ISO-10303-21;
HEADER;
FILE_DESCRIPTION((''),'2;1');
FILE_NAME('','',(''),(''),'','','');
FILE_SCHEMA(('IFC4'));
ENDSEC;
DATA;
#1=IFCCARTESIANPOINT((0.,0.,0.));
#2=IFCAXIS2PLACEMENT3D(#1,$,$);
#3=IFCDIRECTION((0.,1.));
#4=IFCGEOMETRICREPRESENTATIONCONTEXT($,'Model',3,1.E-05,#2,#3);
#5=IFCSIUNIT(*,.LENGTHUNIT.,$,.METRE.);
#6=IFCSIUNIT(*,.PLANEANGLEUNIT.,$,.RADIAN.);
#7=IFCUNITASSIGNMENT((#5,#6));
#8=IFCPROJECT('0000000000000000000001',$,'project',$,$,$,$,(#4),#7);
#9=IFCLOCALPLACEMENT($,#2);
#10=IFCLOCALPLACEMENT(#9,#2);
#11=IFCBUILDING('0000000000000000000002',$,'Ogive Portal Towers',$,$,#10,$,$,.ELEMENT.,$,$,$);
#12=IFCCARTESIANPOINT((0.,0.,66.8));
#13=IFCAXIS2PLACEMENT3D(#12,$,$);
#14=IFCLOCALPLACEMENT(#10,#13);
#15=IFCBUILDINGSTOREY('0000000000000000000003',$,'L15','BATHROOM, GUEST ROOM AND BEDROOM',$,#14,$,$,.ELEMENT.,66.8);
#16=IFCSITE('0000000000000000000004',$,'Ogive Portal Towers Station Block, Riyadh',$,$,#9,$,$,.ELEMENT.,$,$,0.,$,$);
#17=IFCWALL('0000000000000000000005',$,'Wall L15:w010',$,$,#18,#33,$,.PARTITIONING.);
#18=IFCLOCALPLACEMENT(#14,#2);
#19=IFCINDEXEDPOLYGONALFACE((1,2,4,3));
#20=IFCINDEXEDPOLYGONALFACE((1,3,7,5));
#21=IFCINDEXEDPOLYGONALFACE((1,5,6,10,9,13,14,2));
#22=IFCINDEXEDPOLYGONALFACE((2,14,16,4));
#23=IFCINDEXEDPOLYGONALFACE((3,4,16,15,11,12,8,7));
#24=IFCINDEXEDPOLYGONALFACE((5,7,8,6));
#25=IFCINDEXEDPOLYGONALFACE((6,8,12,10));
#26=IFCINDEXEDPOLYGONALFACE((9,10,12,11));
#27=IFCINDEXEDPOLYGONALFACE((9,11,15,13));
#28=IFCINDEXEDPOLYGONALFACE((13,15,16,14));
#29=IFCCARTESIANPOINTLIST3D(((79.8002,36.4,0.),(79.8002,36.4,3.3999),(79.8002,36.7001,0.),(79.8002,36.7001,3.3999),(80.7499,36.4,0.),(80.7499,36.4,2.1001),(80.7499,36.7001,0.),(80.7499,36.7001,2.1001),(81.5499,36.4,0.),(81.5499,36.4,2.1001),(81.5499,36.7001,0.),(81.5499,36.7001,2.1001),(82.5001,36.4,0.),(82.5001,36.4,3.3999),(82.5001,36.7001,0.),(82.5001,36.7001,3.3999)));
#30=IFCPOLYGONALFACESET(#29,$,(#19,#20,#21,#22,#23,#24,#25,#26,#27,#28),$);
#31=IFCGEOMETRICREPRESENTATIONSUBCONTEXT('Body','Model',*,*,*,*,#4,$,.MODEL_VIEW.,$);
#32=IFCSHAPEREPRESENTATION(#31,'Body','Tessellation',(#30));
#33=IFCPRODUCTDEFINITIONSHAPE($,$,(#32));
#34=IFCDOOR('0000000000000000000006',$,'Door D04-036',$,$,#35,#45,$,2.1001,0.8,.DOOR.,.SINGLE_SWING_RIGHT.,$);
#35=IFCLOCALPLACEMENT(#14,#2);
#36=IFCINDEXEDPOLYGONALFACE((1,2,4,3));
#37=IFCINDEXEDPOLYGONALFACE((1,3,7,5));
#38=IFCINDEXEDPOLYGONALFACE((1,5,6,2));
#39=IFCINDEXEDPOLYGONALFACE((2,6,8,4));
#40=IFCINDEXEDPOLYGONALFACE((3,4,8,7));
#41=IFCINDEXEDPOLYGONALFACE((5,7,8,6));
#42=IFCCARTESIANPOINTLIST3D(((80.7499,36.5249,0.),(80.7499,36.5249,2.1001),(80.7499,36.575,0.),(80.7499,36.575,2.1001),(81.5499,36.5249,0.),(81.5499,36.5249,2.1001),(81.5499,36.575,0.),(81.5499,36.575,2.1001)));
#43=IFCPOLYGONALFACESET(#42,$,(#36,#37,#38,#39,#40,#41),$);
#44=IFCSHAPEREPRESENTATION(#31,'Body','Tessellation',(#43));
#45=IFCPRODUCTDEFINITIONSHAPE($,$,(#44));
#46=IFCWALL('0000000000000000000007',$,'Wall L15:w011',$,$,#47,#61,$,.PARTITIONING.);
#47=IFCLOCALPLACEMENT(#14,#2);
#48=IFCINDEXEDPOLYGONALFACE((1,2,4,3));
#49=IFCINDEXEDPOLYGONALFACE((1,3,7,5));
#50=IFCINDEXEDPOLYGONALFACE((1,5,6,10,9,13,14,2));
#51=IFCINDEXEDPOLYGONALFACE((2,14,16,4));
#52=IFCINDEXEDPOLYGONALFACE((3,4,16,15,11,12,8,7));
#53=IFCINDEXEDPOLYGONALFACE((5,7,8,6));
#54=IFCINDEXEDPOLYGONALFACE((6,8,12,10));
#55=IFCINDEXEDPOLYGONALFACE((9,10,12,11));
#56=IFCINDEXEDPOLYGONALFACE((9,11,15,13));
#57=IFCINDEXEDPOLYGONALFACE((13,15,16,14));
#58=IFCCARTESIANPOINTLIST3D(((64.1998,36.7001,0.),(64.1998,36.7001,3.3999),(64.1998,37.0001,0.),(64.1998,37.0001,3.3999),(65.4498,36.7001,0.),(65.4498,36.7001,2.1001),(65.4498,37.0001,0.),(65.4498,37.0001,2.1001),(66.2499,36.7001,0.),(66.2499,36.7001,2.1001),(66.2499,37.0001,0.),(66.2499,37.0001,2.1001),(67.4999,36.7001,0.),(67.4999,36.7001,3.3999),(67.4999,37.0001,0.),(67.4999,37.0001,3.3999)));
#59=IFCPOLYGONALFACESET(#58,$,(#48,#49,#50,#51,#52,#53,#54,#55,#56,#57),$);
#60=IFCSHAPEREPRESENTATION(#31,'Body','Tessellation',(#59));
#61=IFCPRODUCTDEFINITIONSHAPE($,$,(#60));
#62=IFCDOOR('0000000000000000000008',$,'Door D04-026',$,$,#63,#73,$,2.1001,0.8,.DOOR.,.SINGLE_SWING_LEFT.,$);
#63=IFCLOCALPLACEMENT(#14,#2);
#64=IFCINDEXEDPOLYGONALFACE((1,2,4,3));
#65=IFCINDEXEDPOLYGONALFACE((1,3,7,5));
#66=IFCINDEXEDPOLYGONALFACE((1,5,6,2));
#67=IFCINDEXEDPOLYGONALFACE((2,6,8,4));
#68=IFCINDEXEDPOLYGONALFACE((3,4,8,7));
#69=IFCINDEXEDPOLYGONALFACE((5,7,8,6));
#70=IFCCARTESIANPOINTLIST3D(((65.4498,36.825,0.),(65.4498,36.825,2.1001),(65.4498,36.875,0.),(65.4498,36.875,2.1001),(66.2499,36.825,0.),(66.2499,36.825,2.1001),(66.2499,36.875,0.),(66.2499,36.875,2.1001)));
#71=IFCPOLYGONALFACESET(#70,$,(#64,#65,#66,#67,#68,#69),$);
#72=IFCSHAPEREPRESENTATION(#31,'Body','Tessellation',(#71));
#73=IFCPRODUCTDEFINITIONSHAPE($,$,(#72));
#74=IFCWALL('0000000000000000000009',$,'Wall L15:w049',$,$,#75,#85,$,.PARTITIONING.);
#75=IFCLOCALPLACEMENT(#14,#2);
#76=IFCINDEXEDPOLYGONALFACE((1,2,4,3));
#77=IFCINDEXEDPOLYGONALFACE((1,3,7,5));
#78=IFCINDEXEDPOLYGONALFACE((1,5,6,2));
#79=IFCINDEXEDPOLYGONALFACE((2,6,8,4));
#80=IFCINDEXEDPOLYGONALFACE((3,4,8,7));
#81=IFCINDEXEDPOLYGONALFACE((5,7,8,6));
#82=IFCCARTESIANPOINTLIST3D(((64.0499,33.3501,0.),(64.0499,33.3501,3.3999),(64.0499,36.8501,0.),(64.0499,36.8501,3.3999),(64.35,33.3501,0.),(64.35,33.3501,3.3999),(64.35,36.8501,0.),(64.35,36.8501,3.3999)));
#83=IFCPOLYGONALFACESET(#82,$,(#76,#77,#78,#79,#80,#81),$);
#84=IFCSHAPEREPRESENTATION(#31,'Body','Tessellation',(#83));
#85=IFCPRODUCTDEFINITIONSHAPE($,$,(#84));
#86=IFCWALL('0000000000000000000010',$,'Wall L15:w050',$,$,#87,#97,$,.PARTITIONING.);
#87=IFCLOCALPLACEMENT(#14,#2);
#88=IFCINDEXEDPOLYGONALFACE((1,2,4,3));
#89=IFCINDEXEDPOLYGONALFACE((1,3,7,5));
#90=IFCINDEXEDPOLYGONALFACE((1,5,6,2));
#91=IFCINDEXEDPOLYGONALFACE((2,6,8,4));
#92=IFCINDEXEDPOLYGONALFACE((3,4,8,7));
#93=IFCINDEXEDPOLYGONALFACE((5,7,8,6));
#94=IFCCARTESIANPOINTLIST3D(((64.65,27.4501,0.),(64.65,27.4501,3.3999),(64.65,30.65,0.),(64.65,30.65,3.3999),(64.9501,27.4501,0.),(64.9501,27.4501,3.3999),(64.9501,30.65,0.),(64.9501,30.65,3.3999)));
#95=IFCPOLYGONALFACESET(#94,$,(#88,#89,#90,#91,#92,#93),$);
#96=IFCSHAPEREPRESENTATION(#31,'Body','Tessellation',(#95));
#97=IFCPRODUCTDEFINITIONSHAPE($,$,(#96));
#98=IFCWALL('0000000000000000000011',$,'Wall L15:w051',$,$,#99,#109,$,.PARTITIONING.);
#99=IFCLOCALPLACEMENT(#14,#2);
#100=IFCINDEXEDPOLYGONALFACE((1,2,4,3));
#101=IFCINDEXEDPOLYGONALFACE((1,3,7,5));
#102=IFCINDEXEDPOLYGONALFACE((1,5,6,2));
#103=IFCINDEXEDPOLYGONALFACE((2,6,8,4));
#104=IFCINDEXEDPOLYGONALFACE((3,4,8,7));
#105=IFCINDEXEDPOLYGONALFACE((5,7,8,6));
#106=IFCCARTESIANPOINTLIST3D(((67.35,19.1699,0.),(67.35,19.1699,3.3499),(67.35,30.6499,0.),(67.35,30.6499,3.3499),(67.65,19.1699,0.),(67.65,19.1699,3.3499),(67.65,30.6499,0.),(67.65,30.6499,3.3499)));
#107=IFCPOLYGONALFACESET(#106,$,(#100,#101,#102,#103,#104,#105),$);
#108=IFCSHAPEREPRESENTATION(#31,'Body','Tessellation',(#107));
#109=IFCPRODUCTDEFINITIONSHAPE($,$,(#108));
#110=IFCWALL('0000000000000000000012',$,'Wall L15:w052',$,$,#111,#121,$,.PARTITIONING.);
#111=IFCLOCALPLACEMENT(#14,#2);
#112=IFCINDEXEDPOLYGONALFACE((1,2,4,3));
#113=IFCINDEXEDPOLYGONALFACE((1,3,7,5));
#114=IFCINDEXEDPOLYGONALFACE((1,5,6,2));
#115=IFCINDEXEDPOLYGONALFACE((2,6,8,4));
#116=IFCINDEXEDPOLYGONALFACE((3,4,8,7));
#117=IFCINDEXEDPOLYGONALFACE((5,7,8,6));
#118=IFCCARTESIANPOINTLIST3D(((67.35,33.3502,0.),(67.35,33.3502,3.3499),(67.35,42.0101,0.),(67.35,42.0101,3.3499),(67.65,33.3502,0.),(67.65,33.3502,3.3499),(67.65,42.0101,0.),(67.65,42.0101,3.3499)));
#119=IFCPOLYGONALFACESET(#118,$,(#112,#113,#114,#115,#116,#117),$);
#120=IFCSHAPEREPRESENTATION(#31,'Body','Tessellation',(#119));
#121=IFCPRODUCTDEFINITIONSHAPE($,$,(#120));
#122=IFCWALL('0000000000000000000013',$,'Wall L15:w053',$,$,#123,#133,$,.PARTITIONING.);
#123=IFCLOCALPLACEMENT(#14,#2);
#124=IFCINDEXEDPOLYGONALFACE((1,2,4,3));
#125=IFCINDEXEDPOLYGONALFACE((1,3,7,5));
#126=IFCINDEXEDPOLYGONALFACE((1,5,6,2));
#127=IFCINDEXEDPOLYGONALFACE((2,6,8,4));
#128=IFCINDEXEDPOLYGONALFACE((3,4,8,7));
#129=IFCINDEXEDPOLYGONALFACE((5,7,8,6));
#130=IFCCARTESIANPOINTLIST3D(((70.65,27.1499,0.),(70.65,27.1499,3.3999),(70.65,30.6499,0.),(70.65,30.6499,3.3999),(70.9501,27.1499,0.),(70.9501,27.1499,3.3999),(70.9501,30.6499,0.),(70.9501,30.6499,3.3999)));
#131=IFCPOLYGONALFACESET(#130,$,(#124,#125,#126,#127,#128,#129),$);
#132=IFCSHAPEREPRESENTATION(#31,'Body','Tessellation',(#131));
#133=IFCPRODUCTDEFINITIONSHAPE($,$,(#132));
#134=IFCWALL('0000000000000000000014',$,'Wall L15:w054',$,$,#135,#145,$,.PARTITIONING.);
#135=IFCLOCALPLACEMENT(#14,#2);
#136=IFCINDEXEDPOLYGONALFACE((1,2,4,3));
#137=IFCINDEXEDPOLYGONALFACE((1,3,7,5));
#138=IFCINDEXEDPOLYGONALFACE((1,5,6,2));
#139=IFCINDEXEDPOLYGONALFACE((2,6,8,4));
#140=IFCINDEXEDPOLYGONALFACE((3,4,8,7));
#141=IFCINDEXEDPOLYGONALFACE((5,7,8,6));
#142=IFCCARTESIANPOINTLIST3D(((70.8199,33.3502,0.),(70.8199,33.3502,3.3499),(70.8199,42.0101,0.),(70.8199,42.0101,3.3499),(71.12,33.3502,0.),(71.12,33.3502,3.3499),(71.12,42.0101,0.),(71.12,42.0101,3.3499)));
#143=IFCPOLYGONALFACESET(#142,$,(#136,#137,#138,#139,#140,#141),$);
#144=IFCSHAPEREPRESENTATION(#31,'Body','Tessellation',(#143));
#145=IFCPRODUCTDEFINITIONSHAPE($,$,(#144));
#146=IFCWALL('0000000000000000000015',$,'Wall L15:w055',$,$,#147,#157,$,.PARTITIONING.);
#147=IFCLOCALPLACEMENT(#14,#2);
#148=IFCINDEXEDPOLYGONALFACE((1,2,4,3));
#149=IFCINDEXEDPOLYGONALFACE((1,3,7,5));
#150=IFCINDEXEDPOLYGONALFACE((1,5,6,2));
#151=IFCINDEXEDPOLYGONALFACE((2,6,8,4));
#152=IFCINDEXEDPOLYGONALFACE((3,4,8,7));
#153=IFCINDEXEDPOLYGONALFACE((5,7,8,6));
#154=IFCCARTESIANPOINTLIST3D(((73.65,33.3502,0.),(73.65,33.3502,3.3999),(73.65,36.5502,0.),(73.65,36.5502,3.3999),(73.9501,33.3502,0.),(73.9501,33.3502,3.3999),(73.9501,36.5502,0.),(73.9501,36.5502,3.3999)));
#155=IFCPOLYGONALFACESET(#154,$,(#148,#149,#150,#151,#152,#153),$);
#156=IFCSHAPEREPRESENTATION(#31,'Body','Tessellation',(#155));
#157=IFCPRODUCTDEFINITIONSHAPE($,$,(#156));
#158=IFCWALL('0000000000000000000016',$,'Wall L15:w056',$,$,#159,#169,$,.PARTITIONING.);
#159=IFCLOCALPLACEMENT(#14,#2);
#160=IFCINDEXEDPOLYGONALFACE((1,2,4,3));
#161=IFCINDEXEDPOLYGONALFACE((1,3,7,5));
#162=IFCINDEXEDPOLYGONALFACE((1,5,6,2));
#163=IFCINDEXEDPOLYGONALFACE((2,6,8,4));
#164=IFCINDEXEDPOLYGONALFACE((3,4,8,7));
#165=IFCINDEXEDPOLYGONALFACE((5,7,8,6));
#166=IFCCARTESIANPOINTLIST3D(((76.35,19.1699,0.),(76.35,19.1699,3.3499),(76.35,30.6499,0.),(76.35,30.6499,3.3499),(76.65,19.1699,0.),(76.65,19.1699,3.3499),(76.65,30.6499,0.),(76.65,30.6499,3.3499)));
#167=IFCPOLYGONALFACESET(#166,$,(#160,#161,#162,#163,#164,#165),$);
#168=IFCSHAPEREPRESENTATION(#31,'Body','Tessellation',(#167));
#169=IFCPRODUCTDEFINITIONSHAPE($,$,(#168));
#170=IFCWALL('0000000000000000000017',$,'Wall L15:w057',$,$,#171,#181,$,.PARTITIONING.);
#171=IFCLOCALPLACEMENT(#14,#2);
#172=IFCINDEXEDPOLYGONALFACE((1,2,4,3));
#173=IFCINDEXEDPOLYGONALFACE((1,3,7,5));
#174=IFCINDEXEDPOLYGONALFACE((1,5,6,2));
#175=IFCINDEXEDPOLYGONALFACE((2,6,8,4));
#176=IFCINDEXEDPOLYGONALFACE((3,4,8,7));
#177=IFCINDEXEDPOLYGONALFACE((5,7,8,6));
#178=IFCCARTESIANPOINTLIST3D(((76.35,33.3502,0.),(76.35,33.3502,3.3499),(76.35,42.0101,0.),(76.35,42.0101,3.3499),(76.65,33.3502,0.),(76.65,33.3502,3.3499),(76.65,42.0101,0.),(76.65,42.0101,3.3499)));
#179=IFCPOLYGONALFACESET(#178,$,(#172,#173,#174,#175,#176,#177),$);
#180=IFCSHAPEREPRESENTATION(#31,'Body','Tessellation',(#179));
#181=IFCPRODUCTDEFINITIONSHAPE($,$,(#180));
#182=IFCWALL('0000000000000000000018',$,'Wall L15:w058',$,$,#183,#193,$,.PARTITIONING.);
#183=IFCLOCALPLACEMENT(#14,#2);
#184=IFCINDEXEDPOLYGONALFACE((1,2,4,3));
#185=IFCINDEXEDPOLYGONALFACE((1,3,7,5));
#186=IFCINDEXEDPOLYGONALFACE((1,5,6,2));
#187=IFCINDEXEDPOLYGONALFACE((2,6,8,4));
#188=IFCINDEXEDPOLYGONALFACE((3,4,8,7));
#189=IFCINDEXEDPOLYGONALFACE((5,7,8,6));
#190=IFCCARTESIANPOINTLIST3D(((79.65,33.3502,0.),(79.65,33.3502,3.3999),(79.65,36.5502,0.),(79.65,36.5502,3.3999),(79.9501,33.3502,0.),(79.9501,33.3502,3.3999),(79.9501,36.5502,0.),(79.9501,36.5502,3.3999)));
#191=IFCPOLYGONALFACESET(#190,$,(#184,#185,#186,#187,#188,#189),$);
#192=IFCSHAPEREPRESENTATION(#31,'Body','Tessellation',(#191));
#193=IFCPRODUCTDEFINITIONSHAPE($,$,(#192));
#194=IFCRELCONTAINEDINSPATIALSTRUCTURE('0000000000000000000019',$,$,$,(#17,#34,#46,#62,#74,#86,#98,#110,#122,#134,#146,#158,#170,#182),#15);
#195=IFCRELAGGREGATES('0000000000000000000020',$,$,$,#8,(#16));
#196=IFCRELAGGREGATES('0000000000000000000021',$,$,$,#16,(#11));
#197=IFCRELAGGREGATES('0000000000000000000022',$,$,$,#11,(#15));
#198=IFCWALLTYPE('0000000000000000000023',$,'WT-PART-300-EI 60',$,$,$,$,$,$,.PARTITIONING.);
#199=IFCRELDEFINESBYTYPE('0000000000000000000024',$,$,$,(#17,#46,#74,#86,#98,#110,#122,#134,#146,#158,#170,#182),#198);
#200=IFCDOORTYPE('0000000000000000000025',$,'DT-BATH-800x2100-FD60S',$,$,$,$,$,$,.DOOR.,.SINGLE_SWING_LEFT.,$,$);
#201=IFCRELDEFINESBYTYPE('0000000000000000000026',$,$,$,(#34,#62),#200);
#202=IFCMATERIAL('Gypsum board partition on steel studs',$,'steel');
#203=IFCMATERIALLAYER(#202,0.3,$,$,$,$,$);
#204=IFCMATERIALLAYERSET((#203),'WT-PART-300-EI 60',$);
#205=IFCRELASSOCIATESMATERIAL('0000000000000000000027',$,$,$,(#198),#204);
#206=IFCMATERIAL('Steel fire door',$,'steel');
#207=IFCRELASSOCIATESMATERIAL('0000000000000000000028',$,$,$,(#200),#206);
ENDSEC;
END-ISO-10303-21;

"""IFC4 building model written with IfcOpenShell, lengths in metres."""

from ifc_helpers import new_model, si_unit, direction, frame, frame_2d, origin, place, context, subcontext, project, spatial, rectangle, extrude, material, layer, layer_set, type_object, element, fill, save


model = new_model("IFC4")

# Units and contexts
model_context = context("Model", 3, precision=1e-05, world=origin(), true_north=direction((0.0, 1.0)))
body_context = subcontext(model_context, "Body", "Model", "MODEL_VIEW")
ifc_project = project(units=[si_unit("LENGTHUNIT", "METRE"), si_unit("PLANEANGLEUNIT", "RADIAN")], contexts=[model_context])

# Site, building, storey
site_placement = place(None, origin())
site = spatial("IfcSite", under=ifc_project, at=site_placement, Name="Ogive Portal Towers Station Block, Riyadh", CompositionType="ELEMENT", RefElevation=0.0)
building_placement = place(site_placement, origin())
building = spatial("IfcBuilding", under=site, at=building_placement, Name="Ogive Portal Towers", CompositionType="ELEMENT")
storey_placement = place(building_placement, frame((0.0, 0.0, 66.8)))
storey = spatial("IfcBuildingStorey", under=building, at=storey_placement, Name="L15", Description="BATHROOM, GUEST ROOM AND BEDROOM", CompositionType="ELEMENT", Elevation=66.8)

# Walls, openings, doors
ifc_material_1 = material(Name="Gypsum board partition on steel studs", Category="steel")
ifc_layer_1 = layer(ifc_material_1, 0.3)
ifc_layer_set_1 = layer_set([ifc_layer_1], Name="WT-PART-300-EI 60")
wall_type = type_object("IfcWallType", Name="WT-PART-300-EI 60", PredefinedType="PARTITIONING", material=ifc_layer_set_1)
ifc_material_2 = material(Name="Steel fire door", Category="steel")
door_type = type_object("IfcDoorType", Name="DT-BATH-800x2100-FD60S", OperationType="SINGLE_SWING_LEFT", PredefinedType="DOOR", material=ifc_material_2)
wall_1_placement = place(storey_placement, frame((79.8, 36.55, 0.0), z_axis=(0.0, 0.0, 1.0), x_axis=(1.0, 0.0, 0.0)))
wall_1 = element("IfcWall", 1, at=wall_1_placement, inside=storey, type_object=wall_type, Name="Wall L15:w010", PredefinedType="PARTITIONING", context=body_context, shape_type="SweptSolid", body=[
    extrude(rectangle(XDim=2.7, YDim=0.3, at=frame_2d((1.3501, 0.0))), origin(), (0.0, 0.0, 1.0), 3.3999),
])
opening_1_placement = place(wall_1_placement, frame((0.95, 0.0, 0.0)))
opening_1 = element("IfcOpeningElement", 2, at=opening_1_placement, cuts=wall_1, PredefinedType="OPENING", context=body_context, shape_type="SweptSolid", body=[
    extrude(rectangle(XDim=0.8, YDim=2.1001, at=frame_2d((0.3999, 1.05))), frame((0.0, 0.1602, 0.0), z_axis=(0.0, -1.0, 0.0), x_axis=(1.0, 0.0, 0.0)), (0.0, 0.0, 1.0), 0.3201),
])
door_1_placement = place(opening_1_placement, origin())
door_1 = element("IfcDoor", 3, at=door_1_placement, inside=storey, type_object=door_type, Name="Door D04-036", OperationType="SINGLE_SWING_RIGHT", OverallHeight=2.1001, OverallWidth=0.8, PredefinedType="DOOR", context=body_context, shape_type="SweptSolid", body=[
    extrude(rectangle(XDim=0.8, YDim=2.1001, at=frame_2d((0.3999, 1.05))), frame((0.0, 0.0249, 0.0), z_axis=(0.0, -1.0, 0.0), x_axis=(1.0, 0.0, 0.0)), (0.0, 0.0, 1.0), 0.05),
])
fill(opening_1, door_1)
wall_2_placement = place(storey_placement, frame((64.2, 36.8501, 0.0), z_axis=(0.0, 0.0, 1.0), x_axis=(1.0, 0.0, 0.0)))
wall_2 = element("IfcWall", 4, at=wall_2_placement, inside=storey, type_object=wall_type, Name="Wall L15:w011", PredefinedType="PARTITIONING", context=body_context, shape_type="SweptSolid", body=[
    extrude(rectangle(XDim=3.3, YDim=0.3, at=frame_2d((1.6499, 0.0))), origin(), (0.0, 0.0, 1.0), 3.3999),
])
opening_2_placement = place(wall_2_placement, frame((1.25, 0.0, 0.0)))
opening_2 = element("IfcOpeningElement", 5, at=opening_2_placement, cuts=wall_2, PredefinedType="OPENING", context=body_context, shape_type="SweptSolid", body=[
    extrude(rectangle(XDim=0.8, YDim=2.1001, at=frame_2d((0.3999, 1.05))), frame((0.0, 0.1602, 0.0), z_axis=(0.0, -1.0, 0.0), x_axis=(1.0, 0.0, 0.0)), (0.0, 0.0, 1.0), 0.3201),
])
door_2_placement = place(opening_2_placement, origin())
door_2 = element("IfcDoor", 6, at=door_2_placement, inside=storey, type_object=door_type, Name="Door D04-026", OperationType="SINGLE_SWING_LEFT", OverallHeight=2.1001, OverallWidth=0.8, PredefinedType="DOOR", context=body_context, shape_type="SweptSolid", body=[
    extrude(rectangle(XDim=0.8, YDim=2.1001, at=frame_2d((0.3999, 1.05))), frame((0.0, 0.0249, 0.0), z_axis=(0.0, -1.0, 0.0), x_axis=(1.0, 0.0, 0.0)), (0.0, 0.0, 1.0), 0.05),
])
fill(opening_2, door_2)

# Walls
wall_3_placement = place(storey_placement, frame((64.2, 33.3501, 0.0), z_axis=(0.0, 0.0, 1.0), x_axis=(0.0, 1.0, 0.0)))
element("IfcWall", 7, at=wall_3_placement, inside=storey, type_object=wall_type, Name="Wall L15:w049", PredefinedType="PARTITIONING", context=body_context, shape_type="SweptSolid", body=[
    extrude(rectangle(XDim=3.5, YDim=0.3, at=frame_2d((1.75, 0.0))), origin(), (0.0, 0.0, 1.0), 3.3999),
])
wall_4_placement = place(storey_placement, frame((64.8, 27.45, 0.0), z_axis=(0.0, 0.0, 1.0), x_axis=(0.0, 1.0, 0.0)))
element("IfcWall", 8, at=wall_4_placement, inside=storey, type_object=wall_type, Name="Wall L15:w050", PredefinedType="PARTITIONING", context=body_context, shape_type="SweptSolid", body=[
    extrude(rectangle(XDim=3.2, YDim=0.3, at=frame_2d((1.6001, 0.0))), origin(), (0.0, 0.0, 1.0), 3.3999),
])
wall_5_placement = place(storey_placement, frame((67.5, 19.1699, 0.0), z_axis=(0.0, 0.0, 1.0), x_axis=(0.0, 1.0, 0.0)))
element("IfcWall", 9, at=wall_5_placement, inside=storey, type_object=wall_type, Name="Wall L15:w051", PredefinedType="PARTITIONING", context=body_context, shape_type="SweptSolid", body=[
    extrude(rectangle(XDim=11.48, YDim=0.3, at=frame_2d((5.74, 0.0))), origin(), (0.0, 0.0, 1.0), 3.3499),
])
wall_6_placement = place(storey_placement, frame((67.5, 33.3501, 0.0), z_axis=(0.0, 0.0, 1.0), x_axis=(0.0, 1.0, 0.0)))
element("IfcWall", 10, at=wall_6_placement, inside=storey, type_object=wall_type, Name="Wall L15:w052", PredefinedType="PARTITIONING", context=body_context, shape_type="SweptSolid", body=[
    extrude(rectangle(XDim=8.6599, YDim=0.3, at=frame_2d((4.3301, 0.0))), origin(), (0.0, 0.0, 1.0), 3.3499),
])
wall_7_placement = place(storey_placement, frame((70.8, 27.1499, 0.0), z_axis=(0.0, 0.0, 1.0), x_axis=(0.0, 1.0, 0.0)))
element("IfcWall", 11, at=wall_7_placement, inside=storey, type_object=wall_type, Name="Wall L15:w053", PredefinedType="PARTITIONING", context=body_context, shape_type="SweptSolid", body=[
    extrude(rectangle(XDim=3.5, YDim=0.3, at=frame_2d((1.75, 0.0))), origin(), (0.0, 0.0, 1.0), 3.3999),
])
wall_8_placement = place(storey_placement, frame((70.97, 33.3501, 0.0), z_axis=(0.0, 0.0, 1.0), x_axis=(0.0, 1.0, 0.0)))
element("IfcWall", 12, at=wall_8_placement, inside=storey, type_object=wall_type, Name="Wall L15:w054", PredefinedType="PARTITIONING", context=body_context, shape_type="SweptSolid", body=[
    extrude(rectangle(XDim=8.6599, YDim=0.3, at=frame_2d((4.3301, 0.0))), origin(), (0.0, 0.0, 1.0), 3.3499),
])
wall_9_placement = place(storey_placement, frame((73.8, 33.3501, 0.0), z_axis=(0.0, 0.0, 1.0), x_axis=(0.0, 1.0, 0.0)))
element("IfcWall", 13, at=wall_9_placement, inside=storey, type_object=wall_type, Name="Wall L15:w055", PredefinedType="PARTITIONING", context=body_context, shape_type="SweptSolid", body=[
    extrude(rectangle(XDim=3.2, YDim=0.3, at=frame_2d((1.6001, 0.0))), origin(), (0.0, 0.0, 1.0), 3.3999),
])
wall_10_placement = place(storey_placement, frame((76.5, 19.1699, 0.0), z_axis=(0.0, 0.0, 1.0), x_axis=(0.0, 1.0, 0.0)))
element("IfcWall", 14, at=wall_10_placement, inside=storey, type_object=wall_type, Name="Wall L15:w056", PredefinedType="PARTITIONING", context=body_context, shape_type="SweptSolid", body=[
    extrude(rectangle(XDim=11.48, YDim=0.3, at=frame_2d((5.74, 0.0))), origin(), (0.0, 0.0, 1.0), 3.3499),
])
wall_11_placement = place(storey_placement, frame((76.5, 33.3501, 0.0), z_axis=(0.0, 0.0, 1.0), x_axis=(0.0, 1.0, 0.0)))
element("IfcWall", 15, at=wall_11_placement, inside=storey, type_object=wall_type, Name="Wall L15:w057", PredefinedType="PARTITIONING", context=body_context, shape_type="SweptSolid", body=[
    extrude(rectangle(XDim=8.6599, YDim=0.3, at=frame_2d((4.3301, 0.0))), origin(), (0.0, 0.0, 1.0), 3.3499),
])
wall_12_placement = place(storey_placement, frame((79.8, 33.3501, 0.0), z_axis=(0.0, 0.0, 1.0), x_axis=(0.0, 1.0, 0.0)))
element("IfcWall", 16, at=wall_12_placement, inside=storey, type_object=wall_type, Name="Wall L15:w058", PredefinedType="PARTITIONING", context=body_context, shape_type="SweptSolid", body=[
    extrude(rectangle(XDim=3.2, YDim=0.3, at=frame_2d((1.6001, 0.0))), origin(), (0.0, 0.0, 1.0), 3.3999),
])

save(model, "model.ifc")
